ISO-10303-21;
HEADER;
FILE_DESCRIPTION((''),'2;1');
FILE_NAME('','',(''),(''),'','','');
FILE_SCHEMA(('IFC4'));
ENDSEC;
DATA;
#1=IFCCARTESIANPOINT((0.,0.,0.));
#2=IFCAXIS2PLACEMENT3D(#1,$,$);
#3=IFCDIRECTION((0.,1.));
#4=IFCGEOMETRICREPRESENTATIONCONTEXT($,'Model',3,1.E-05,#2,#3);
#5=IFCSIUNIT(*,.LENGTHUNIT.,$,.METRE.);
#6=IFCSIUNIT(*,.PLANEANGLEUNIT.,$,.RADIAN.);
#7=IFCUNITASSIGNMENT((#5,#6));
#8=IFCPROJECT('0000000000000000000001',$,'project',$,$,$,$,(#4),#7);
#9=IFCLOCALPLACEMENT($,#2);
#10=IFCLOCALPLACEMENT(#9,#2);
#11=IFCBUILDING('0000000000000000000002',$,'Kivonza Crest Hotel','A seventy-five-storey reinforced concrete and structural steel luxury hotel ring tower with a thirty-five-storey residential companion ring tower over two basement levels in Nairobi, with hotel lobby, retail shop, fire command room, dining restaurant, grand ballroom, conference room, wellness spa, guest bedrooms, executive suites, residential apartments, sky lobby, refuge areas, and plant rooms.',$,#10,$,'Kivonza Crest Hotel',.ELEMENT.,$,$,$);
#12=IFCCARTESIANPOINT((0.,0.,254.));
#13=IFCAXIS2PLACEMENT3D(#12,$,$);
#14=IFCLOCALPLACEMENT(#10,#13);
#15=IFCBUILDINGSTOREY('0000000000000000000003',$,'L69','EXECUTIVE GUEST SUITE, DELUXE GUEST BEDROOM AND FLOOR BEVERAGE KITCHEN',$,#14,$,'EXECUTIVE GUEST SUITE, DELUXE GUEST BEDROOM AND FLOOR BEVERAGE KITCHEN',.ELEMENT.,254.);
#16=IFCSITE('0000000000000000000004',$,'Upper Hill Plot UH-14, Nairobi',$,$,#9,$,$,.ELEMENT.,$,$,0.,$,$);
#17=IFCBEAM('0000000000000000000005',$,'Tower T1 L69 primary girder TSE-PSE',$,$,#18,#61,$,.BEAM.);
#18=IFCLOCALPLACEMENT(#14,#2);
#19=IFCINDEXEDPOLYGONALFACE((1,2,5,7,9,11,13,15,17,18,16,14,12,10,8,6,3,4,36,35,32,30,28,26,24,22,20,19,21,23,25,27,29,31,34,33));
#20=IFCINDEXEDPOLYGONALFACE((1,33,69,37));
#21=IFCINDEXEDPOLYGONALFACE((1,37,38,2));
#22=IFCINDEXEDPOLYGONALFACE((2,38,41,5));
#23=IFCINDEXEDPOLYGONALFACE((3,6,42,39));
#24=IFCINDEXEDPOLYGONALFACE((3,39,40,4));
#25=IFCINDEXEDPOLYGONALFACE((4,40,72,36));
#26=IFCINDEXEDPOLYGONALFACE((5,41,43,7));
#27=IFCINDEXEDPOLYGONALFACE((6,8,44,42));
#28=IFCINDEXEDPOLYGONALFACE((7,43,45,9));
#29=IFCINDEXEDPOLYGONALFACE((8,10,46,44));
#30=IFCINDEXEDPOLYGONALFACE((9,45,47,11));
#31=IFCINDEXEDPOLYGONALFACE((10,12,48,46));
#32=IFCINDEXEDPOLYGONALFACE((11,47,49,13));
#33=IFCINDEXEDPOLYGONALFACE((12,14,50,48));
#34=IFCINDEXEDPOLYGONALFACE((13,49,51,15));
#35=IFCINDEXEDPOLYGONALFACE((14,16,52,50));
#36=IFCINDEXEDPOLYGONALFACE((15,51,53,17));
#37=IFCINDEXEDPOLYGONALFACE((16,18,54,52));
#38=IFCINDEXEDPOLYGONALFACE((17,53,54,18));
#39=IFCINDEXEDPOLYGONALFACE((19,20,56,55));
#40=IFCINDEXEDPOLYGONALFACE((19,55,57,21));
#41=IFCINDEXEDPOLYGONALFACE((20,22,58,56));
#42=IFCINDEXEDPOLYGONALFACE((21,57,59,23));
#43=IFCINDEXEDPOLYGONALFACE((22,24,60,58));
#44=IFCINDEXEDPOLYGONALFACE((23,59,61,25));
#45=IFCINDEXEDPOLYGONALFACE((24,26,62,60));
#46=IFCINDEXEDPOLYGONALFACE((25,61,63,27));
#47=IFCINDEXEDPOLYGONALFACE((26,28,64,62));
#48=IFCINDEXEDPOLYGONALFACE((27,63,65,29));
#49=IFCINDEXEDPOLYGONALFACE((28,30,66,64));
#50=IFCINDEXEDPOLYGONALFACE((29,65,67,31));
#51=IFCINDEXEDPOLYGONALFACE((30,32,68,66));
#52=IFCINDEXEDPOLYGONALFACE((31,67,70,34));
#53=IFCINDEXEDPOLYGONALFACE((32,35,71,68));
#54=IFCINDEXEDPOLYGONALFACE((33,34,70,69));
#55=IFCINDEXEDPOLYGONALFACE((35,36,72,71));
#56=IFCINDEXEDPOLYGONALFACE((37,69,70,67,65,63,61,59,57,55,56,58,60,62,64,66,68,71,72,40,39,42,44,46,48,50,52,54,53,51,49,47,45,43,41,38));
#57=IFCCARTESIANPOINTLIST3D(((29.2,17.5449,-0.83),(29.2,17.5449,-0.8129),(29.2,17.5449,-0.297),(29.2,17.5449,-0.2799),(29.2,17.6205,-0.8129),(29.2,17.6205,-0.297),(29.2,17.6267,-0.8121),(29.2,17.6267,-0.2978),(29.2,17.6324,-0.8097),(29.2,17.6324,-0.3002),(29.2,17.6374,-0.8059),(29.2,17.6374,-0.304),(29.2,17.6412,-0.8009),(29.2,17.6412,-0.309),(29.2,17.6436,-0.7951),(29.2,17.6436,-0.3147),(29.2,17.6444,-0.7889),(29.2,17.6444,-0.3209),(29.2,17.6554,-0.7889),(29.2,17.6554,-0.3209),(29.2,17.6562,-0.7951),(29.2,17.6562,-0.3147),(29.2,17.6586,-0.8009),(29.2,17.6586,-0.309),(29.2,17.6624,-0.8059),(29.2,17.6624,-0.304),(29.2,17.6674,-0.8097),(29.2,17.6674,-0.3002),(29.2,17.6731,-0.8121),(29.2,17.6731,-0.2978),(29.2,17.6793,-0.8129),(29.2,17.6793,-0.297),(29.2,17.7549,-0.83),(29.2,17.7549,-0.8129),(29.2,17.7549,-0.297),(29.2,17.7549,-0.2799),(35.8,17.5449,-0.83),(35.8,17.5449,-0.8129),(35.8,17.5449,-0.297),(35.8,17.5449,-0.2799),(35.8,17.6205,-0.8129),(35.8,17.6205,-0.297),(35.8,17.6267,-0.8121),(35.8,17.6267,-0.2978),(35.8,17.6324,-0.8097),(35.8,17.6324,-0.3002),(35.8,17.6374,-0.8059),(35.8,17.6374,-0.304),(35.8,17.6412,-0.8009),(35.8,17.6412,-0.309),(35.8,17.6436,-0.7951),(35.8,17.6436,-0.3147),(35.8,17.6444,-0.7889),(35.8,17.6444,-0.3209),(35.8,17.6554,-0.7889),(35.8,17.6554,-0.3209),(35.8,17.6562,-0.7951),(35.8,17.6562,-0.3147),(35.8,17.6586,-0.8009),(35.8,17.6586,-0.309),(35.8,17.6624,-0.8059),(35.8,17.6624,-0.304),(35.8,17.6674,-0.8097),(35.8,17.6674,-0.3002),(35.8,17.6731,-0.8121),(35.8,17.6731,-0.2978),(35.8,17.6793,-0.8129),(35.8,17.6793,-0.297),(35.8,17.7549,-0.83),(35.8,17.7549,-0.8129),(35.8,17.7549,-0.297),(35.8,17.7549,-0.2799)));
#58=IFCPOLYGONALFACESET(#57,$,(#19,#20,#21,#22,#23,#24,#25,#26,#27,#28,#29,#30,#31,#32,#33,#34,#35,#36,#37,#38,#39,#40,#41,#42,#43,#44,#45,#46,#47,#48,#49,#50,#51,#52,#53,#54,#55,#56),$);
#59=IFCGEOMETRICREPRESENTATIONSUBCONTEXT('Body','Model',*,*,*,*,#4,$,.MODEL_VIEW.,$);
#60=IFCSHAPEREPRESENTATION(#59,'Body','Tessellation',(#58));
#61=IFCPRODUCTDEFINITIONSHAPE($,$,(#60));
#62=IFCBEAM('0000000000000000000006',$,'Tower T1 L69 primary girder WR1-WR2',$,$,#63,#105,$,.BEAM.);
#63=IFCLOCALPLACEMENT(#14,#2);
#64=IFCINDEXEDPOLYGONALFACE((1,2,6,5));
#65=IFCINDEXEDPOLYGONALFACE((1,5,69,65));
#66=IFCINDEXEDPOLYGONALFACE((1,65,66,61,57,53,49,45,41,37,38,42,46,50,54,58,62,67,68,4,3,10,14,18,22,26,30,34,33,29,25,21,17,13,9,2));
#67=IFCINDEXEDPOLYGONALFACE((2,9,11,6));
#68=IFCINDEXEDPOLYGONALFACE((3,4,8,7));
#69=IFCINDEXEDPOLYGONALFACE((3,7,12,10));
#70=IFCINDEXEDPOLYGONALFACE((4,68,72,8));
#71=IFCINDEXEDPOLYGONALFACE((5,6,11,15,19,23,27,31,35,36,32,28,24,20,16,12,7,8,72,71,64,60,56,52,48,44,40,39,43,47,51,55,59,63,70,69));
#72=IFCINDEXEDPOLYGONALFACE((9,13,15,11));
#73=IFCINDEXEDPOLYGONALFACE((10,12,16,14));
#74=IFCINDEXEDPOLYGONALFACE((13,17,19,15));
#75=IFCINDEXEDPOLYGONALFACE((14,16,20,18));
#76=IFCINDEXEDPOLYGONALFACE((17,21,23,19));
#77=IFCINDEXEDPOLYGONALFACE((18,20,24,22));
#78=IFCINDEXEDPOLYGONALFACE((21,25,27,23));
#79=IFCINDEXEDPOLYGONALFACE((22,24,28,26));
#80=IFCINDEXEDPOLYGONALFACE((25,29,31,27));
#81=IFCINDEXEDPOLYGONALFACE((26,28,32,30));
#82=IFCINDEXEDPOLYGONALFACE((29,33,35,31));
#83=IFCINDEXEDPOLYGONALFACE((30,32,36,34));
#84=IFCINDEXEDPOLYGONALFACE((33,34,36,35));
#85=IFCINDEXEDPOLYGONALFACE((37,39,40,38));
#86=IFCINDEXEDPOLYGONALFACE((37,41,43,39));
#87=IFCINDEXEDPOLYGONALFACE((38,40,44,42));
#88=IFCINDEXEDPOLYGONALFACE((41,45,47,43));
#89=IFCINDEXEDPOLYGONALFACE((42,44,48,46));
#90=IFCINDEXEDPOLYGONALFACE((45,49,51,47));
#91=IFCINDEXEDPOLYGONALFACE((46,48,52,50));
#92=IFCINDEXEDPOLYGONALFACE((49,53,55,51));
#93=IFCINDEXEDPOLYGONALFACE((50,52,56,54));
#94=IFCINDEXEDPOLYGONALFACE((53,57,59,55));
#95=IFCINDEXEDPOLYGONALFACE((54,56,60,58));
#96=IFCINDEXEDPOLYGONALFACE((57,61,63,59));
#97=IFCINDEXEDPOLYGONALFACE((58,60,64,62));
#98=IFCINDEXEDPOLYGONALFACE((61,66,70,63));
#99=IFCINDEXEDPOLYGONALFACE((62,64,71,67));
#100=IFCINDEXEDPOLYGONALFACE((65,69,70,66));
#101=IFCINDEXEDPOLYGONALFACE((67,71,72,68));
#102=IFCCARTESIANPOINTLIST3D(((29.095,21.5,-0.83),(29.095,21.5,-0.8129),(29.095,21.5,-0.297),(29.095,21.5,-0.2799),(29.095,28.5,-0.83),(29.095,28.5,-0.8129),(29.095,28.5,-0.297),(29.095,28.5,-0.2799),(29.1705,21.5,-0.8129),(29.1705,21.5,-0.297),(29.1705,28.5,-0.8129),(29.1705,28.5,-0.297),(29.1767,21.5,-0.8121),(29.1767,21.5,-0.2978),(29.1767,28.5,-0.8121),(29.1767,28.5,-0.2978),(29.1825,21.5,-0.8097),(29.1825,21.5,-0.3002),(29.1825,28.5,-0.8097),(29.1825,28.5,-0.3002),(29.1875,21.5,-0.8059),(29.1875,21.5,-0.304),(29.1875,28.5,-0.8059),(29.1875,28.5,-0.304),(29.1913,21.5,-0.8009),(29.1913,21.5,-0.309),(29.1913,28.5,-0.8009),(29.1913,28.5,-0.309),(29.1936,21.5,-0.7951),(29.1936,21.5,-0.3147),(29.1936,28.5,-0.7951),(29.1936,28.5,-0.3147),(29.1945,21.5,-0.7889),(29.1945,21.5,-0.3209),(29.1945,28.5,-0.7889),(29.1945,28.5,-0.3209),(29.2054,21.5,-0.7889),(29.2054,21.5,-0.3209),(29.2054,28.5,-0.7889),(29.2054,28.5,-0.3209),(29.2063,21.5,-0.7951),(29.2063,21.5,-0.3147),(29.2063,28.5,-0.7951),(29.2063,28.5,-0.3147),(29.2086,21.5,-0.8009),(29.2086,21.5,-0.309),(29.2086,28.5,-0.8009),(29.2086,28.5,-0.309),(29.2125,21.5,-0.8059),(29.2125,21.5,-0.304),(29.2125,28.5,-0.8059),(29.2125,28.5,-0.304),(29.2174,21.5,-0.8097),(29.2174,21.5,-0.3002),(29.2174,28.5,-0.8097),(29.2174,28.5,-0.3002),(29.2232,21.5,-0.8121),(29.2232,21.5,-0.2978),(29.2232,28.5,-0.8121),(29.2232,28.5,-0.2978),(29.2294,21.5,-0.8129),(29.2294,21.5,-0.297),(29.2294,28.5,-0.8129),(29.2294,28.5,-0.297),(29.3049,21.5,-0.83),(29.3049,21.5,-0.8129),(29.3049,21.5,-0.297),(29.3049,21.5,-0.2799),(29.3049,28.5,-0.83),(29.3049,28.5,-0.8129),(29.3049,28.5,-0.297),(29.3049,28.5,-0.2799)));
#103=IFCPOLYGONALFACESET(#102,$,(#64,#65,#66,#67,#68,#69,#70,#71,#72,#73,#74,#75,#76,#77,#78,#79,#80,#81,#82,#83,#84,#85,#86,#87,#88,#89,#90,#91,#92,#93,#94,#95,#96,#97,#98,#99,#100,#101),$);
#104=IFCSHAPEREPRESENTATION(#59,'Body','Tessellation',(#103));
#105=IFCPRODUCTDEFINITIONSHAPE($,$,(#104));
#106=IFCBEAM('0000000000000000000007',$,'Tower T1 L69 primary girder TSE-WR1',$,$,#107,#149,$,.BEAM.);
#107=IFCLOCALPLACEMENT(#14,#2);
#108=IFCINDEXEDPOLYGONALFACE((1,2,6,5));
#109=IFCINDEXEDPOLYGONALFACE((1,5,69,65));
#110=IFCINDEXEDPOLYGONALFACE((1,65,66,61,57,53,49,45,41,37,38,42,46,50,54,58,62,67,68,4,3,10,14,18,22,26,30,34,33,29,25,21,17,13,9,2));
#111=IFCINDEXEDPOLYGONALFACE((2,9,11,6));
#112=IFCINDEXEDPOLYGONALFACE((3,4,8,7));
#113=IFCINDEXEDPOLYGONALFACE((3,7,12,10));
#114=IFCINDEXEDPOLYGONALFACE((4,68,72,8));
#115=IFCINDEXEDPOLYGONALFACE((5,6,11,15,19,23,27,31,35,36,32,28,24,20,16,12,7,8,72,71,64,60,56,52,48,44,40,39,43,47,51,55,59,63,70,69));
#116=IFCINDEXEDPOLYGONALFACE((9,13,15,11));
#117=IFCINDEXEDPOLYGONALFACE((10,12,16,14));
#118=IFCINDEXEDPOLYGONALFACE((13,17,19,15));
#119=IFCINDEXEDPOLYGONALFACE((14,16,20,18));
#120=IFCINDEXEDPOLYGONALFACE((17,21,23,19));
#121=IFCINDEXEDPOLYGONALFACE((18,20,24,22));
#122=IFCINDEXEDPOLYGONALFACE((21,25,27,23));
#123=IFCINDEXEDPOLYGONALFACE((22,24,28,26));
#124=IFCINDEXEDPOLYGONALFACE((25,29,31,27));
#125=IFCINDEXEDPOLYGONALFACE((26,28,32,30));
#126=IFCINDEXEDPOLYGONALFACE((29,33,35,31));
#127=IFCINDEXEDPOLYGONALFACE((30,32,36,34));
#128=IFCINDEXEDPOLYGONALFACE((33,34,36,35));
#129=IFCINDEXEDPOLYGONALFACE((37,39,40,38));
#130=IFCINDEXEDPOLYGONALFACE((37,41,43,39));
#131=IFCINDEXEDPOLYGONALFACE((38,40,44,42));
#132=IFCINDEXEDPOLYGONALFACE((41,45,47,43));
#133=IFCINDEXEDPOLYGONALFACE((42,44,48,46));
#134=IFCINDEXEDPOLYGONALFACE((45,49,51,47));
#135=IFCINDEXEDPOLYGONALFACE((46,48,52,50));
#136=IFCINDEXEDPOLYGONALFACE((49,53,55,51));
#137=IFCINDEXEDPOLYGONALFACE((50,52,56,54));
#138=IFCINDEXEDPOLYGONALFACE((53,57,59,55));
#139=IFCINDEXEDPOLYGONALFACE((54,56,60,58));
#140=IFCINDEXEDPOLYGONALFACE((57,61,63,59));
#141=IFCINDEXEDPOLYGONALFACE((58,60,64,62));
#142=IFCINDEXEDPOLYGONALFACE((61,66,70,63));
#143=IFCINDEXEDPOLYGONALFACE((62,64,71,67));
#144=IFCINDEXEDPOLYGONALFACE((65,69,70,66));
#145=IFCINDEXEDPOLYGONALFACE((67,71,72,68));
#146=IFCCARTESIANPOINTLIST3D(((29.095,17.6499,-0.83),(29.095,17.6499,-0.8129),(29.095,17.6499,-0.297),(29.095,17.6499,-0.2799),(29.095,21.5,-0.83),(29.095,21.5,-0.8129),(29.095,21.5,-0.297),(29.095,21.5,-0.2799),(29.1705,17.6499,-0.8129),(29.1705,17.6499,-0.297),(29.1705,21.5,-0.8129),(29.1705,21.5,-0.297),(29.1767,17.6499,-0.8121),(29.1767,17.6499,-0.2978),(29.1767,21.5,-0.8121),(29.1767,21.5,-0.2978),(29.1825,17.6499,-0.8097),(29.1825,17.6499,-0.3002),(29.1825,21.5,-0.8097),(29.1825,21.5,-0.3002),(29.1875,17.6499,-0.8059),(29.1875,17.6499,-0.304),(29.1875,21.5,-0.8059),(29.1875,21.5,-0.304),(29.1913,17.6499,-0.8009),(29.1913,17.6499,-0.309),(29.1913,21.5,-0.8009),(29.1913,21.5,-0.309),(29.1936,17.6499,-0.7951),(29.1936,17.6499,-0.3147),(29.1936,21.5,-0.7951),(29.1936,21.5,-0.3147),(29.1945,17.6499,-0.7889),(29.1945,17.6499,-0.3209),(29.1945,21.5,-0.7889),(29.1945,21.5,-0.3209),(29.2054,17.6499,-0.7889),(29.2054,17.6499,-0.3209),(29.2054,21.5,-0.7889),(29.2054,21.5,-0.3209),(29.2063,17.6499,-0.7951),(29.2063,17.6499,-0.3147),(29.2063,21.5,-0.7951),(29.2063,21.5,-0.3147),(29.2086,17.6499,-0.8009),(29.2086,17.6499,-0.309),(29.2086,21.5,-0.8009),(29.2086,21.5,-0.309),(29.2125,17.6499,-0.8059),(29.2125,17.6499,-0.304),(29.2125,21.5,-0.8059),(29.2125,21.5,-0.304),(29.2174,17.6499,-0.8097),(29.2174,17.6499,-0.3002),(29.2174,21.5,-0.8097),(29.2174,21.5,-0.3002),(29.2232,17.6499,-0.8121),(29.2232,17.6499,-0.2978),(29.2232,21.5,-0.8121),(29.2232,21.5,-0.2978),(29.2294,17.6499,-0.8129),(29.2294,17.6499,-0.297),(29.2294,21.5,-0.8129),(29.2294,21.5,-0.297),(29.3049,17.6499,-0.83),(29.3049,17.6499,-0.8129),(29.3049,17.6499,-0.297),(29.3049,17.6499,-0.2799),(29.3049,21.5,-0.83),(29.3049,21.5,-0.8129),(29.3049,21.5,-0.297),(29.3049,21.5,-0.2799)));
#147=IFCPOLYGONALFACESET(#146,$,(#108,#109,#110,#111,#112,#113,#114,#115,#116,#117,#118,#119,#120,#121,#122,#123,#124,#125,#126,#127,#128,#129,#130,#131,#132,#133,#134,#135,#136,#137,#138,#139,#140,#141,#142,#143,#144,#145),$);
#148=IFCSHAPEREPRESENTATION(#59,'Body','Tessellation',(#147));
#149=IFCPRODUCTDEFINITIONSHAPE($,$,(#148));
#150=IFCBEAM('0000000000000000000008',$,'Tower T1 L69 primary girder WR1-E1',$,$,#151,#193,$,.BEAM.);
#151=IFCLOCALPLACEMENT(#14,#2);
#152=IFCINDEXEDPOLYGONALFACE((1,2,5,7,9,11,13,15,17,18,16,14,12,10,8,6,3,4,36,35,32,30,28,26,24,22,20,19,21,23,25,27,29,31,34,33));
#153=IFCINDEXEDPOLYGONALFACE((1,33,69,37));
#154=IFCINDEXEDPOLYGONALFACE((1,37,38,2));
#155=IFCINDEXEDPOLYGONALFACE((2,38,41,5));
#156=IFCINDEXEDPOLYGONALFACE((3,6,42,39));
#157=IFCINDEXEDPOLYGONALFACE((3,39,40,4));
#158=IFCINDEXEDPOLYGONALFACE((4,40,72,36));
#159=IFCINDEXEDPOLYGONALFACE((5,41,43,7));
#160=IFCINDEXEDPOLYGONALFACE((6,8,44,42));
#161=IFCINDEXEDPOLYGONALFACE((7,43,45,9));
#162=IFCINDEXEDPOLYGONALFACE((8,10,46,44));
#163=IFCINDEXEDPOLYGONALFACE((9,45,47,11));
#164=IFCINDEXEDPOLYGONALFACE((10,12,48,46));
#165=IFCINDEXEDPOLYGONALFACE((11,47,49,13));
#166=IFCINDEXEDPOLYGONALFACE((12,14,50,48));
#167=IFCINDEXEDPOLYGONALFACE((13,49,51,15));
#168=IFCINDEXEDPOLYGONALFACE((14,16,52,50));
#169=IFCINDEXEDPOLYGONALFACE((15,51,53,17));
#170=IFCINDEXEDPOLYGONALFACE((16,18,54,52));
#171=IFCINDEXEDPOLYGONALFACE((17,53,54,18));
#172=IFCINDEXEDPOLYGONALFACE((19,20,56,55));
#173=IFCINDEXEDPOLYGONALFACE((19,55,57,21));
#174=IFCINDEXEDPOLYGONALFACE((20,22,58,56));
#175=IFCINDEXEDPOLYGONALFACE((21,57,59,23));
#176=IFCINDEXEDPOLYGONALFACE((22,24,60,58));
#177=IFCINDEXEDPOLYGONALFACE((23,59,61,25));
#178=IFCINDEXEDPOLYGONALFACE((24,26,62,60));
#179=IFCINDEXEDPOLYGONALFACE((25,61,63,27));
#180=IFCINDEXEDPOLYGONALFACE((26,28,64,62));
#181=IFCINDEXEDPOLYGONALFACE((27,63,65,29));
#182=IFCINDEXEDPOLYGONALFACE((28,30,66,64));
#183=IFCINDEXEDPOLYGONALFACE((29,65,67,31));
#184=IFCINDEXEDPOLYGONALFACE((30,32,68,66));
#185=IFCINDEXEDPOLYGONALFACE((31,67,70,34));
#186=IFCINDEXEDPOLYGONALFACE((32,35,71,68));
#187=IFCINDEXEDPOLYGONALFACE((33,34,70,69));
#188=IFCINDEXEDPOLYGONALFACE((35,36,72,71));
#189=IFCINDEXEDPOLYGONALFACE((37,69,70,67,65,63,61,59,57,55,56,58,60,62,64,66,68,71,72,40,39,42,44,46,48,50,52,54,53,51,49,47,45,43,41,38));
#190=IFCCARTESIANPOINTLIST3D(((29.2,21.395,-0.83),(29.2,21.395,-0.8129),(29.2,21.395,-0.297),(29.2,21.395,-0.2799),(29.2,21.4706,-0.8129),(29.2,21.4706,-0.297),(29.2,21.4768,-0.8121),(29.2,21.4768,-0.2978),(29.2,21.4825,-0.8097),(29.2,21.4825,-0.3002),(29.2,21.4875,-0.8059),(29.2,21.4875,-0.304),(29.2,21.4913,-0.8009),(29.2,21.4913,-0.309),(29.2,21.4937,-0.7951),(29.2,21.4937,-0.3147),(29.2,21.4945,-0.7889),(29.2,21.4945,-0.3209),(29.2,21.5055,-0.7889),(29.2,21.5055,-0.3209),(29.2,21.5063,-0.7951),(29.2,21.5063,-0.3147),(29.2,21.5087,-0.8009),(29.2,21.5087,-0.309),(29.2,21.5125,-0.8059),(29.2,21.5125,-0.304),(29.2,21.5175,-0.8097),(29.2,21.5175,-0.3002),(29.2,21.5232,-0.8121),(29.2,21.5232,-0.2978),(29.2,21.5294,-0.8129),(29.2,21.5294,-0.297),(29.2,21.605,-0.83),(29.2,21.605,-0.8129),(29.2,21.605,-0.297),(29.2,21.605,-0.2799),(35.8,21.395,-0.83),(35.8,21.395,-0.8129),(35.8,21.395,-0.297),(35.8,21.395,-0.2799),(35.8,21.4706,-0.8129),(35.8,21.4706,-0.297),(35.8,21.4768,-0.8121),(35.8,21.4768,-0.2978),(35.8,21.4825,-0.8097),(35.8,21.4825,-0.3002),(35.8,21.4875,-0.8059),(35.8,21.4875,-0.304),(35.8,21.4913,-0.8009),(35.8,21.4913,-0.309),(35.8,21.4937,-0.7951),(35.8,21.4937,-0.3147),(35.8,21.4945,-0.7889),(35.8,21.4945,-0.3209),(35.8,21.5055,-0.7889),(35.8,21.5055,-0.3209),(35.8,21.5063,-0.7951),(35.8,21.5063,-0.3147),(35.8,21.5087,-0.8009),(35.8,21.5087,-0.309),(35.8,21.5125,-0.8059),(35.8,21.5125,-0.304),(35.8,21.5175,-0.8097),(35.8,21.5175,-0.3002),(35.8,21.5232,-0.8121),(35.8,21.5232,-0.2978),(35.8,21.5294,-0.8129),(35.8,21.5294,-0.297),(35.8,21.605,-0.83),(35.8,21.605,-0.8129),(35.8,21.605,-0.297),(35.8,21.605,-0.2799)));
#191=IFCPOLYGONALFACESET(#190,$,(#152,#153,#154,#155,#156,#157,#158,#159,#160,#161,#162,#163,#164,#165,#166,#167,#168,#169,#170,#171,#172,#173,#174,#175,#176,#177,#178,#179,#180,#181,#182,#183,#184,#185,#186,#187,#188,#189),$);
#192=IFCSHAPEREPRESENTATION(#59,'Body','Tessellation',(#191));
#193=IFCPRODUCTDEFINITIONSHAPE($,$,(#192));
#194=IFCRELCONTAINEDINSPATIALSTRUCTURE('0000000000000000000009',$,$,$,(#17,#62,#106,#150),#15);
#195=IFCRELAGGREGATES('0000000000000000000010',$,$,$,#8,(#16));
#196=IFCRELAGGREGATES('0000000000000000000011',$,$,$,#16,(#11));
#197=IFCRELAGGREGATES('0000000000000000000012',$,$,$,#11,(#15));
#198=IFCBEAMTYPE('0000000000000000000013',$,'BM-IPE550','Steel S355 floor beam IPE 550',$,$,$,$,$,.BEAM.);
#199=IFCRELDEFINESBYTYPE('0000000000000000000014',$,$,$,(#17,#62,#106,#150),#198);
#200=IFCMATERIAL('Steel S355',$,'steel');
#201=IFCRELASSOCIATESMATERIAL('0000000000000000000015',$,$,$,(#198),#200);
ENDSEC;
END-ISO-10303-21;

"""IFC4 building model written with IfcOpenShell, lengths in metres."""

from ifc_helpers import new_model, si_unit, direction, frame, origin, origin_2d, place, context, subcontext, project, spatial, i_section, extrude, material, material_profile, profile_set, type_object, element, save


model = new_model("IFC4")

# Units and contexts
model_context = context("Model", 3, precision=1e-05, world=origin(), true_north=direction((0.0, 1.0)))
body_context = subcontext(model_context, "Body", "Model", "MODEL_VIEW")
ifc_project = project(units=[si_unit("LENGTHUNIT", "METRE"), si_unit("PLANEANGLEUNIT", "RADIAN")], contexts=[model_context])

# Site, building, storey
site_placement = place(None, origin())
site = spatial("IfcSite", under=ifc_project, at=site_placement, Name="Upper Hill Plot UH-14, Nairobi", CompositionType="ELEMENT", RefElevation=0.0)
building_placement = place(site_placement, origin())
building = spatial("IfcBuilding", under=site, at=building_placement, Name="Kivonza Crest Hotel", Description="A seventy-five-storey reinforced concrete and structural steel luxury hotel ring tower with a thirty-five-storey residential companion ring tower over two basement levels in Nairobi, with hotel lobby, retail shop, fire command room, dining restaurant, grand ballroom, conference room, wellness spa, guest bedrooms, executive suites, residential apartments, sky lobby, refuge areas, and plant rooms.", LongName="Kivonza Crest Hotel", CompositionType="ELEMENT")
storey_placement = place(building_placement, frame((0.0, 0.0, 254.0)))
storey = spatial("IfcBuildingStorey", under=building, at=storey_placement, Name="L69", Description="EXECUTIVE GUEST SUITE, DELUXE GUEST BEDROOM AND FLOOR BEVERAGE KITCHEN", LongName="EXECUTIVE GUEST SUITE, DELUXE GUEST BEDROOM AND FLOOR BEVERAGE KITCHEN", CompositionType="ELEMENT", Elevation=254.0)

# Beams
ifc_material_1 = material(Name="Steel S355", Category="steel")
ifc_material_profile_1 = material_profile(ifc_material_1, i_section(OverallWidth=0.21, OverallDepth=0.55, WebThickness=0.011, FlangeThickness=0.0171, FilletRadius=0.0239, at=origin_2d()), Name="IPE 550")
ifc_profile_set_1 = profile_set([ifc_material_profile_1], Name="Steel S355")
beam_type_1 = type_object("IfcBeamType", Name="BM-IPE550", Description="Steel S355 floor beam IPE 550", PredefinedType="BEAM", material=ifc_profile_set_1)
beam_1_placement = place(storey_placement, frame((29.2, 17.6499, -0.5549), z_axis=(1.0, 0.0, 0.0), x_axis=(0.0, 1.0, 0.0)))
element("IfcBeam", 1, at=beam_1_placement, inside=storey, type_object=beam_type_1, Name="Tower T1 L69 primary girder TSE-PSE", PredefinedType="BEAM", context=body_context, shape_type="SweptSolid", body=[
    extrude(i_section(OverallWidth=0.21, OverallDepth=0.55, WebThickness=0.011, FlangeThickness=0.0171, FilletRadius=0.0239, at=origin_2d()), origin(), (0.0, 0.0, 1.0), 6.6001),
])
beam_2_placement = place(storey_placement, frame((29.2, 21.5, -0.5549), z_axis=(0.0, 1.0, 0.0), x_axis=(-1.0, 0.0, 0.0)))
element("IfcBeam", 2, at=beam_2_placement, inside=storey, type_object=beam_type_1, Name="Tower T1 L69 primary girder WR1-WR2", PredefinedType="BEAM", context=body_context, shape_type="SweptSolid", body=[
    extrude(i_section(OverallWidth=0.21, OverallDepth=0.55, WebThickness=0.011, FlangeThickness=0.0171, FilletRadius=0.0239, at=origin_2d()), origin(), (0.0, 0.0, 1.0), 7.0),
])
beam_3_placement = place(storey_placement, frame((29.2, 17.6499, -0.5549), z_axis=(0.0, 1.0, 0.0), x_axis=(-1.0, 0.0, 0.0)))
element("IfcBeam", 3, at=beam_3_placement, inside=storey, type_object=beam_type_1, Name="Tower T1 L69 primary girder TSE-WR1", PredefinedType="BEAM", context=body_context, shape_type="SweptSolid", body=[
    extrude(i_section(OverallWidth=0.21, OverallDepth=0.55, WebThickness=0.011, FlangeThickness=0.0171, FilletRadius=0.0239, at=origin_2d()), origin(), (0.0, 0.0, 1.0), 3.8501),
])
beam_4_placement = place(storey_placement, frame((29.2, 21.5, -0.5549), z_axis=(1.0, 0.0, 0.0), x_axis=(0.0, 1.0, 0.0)))
element("IfcBeam", 4, at=beam_4_placement, inside=storey, type_object=beam_type_1, Name="Tower T1 L69 primary girder WR1-E1", PredefinedType="BEAM", context=body_context, shape_type="SweptSolid", body=[
    extrude(i_section(OverallWidth=0.21, OverallDepth=0.55, WebThickness=0.011, FlangeThickness=0.0171, FilletRadius=0.0239, at=origin_2d()), origin(), (0.0, 0.0, 1.0), 6.6001),
])

save(model, "model.ifc")
